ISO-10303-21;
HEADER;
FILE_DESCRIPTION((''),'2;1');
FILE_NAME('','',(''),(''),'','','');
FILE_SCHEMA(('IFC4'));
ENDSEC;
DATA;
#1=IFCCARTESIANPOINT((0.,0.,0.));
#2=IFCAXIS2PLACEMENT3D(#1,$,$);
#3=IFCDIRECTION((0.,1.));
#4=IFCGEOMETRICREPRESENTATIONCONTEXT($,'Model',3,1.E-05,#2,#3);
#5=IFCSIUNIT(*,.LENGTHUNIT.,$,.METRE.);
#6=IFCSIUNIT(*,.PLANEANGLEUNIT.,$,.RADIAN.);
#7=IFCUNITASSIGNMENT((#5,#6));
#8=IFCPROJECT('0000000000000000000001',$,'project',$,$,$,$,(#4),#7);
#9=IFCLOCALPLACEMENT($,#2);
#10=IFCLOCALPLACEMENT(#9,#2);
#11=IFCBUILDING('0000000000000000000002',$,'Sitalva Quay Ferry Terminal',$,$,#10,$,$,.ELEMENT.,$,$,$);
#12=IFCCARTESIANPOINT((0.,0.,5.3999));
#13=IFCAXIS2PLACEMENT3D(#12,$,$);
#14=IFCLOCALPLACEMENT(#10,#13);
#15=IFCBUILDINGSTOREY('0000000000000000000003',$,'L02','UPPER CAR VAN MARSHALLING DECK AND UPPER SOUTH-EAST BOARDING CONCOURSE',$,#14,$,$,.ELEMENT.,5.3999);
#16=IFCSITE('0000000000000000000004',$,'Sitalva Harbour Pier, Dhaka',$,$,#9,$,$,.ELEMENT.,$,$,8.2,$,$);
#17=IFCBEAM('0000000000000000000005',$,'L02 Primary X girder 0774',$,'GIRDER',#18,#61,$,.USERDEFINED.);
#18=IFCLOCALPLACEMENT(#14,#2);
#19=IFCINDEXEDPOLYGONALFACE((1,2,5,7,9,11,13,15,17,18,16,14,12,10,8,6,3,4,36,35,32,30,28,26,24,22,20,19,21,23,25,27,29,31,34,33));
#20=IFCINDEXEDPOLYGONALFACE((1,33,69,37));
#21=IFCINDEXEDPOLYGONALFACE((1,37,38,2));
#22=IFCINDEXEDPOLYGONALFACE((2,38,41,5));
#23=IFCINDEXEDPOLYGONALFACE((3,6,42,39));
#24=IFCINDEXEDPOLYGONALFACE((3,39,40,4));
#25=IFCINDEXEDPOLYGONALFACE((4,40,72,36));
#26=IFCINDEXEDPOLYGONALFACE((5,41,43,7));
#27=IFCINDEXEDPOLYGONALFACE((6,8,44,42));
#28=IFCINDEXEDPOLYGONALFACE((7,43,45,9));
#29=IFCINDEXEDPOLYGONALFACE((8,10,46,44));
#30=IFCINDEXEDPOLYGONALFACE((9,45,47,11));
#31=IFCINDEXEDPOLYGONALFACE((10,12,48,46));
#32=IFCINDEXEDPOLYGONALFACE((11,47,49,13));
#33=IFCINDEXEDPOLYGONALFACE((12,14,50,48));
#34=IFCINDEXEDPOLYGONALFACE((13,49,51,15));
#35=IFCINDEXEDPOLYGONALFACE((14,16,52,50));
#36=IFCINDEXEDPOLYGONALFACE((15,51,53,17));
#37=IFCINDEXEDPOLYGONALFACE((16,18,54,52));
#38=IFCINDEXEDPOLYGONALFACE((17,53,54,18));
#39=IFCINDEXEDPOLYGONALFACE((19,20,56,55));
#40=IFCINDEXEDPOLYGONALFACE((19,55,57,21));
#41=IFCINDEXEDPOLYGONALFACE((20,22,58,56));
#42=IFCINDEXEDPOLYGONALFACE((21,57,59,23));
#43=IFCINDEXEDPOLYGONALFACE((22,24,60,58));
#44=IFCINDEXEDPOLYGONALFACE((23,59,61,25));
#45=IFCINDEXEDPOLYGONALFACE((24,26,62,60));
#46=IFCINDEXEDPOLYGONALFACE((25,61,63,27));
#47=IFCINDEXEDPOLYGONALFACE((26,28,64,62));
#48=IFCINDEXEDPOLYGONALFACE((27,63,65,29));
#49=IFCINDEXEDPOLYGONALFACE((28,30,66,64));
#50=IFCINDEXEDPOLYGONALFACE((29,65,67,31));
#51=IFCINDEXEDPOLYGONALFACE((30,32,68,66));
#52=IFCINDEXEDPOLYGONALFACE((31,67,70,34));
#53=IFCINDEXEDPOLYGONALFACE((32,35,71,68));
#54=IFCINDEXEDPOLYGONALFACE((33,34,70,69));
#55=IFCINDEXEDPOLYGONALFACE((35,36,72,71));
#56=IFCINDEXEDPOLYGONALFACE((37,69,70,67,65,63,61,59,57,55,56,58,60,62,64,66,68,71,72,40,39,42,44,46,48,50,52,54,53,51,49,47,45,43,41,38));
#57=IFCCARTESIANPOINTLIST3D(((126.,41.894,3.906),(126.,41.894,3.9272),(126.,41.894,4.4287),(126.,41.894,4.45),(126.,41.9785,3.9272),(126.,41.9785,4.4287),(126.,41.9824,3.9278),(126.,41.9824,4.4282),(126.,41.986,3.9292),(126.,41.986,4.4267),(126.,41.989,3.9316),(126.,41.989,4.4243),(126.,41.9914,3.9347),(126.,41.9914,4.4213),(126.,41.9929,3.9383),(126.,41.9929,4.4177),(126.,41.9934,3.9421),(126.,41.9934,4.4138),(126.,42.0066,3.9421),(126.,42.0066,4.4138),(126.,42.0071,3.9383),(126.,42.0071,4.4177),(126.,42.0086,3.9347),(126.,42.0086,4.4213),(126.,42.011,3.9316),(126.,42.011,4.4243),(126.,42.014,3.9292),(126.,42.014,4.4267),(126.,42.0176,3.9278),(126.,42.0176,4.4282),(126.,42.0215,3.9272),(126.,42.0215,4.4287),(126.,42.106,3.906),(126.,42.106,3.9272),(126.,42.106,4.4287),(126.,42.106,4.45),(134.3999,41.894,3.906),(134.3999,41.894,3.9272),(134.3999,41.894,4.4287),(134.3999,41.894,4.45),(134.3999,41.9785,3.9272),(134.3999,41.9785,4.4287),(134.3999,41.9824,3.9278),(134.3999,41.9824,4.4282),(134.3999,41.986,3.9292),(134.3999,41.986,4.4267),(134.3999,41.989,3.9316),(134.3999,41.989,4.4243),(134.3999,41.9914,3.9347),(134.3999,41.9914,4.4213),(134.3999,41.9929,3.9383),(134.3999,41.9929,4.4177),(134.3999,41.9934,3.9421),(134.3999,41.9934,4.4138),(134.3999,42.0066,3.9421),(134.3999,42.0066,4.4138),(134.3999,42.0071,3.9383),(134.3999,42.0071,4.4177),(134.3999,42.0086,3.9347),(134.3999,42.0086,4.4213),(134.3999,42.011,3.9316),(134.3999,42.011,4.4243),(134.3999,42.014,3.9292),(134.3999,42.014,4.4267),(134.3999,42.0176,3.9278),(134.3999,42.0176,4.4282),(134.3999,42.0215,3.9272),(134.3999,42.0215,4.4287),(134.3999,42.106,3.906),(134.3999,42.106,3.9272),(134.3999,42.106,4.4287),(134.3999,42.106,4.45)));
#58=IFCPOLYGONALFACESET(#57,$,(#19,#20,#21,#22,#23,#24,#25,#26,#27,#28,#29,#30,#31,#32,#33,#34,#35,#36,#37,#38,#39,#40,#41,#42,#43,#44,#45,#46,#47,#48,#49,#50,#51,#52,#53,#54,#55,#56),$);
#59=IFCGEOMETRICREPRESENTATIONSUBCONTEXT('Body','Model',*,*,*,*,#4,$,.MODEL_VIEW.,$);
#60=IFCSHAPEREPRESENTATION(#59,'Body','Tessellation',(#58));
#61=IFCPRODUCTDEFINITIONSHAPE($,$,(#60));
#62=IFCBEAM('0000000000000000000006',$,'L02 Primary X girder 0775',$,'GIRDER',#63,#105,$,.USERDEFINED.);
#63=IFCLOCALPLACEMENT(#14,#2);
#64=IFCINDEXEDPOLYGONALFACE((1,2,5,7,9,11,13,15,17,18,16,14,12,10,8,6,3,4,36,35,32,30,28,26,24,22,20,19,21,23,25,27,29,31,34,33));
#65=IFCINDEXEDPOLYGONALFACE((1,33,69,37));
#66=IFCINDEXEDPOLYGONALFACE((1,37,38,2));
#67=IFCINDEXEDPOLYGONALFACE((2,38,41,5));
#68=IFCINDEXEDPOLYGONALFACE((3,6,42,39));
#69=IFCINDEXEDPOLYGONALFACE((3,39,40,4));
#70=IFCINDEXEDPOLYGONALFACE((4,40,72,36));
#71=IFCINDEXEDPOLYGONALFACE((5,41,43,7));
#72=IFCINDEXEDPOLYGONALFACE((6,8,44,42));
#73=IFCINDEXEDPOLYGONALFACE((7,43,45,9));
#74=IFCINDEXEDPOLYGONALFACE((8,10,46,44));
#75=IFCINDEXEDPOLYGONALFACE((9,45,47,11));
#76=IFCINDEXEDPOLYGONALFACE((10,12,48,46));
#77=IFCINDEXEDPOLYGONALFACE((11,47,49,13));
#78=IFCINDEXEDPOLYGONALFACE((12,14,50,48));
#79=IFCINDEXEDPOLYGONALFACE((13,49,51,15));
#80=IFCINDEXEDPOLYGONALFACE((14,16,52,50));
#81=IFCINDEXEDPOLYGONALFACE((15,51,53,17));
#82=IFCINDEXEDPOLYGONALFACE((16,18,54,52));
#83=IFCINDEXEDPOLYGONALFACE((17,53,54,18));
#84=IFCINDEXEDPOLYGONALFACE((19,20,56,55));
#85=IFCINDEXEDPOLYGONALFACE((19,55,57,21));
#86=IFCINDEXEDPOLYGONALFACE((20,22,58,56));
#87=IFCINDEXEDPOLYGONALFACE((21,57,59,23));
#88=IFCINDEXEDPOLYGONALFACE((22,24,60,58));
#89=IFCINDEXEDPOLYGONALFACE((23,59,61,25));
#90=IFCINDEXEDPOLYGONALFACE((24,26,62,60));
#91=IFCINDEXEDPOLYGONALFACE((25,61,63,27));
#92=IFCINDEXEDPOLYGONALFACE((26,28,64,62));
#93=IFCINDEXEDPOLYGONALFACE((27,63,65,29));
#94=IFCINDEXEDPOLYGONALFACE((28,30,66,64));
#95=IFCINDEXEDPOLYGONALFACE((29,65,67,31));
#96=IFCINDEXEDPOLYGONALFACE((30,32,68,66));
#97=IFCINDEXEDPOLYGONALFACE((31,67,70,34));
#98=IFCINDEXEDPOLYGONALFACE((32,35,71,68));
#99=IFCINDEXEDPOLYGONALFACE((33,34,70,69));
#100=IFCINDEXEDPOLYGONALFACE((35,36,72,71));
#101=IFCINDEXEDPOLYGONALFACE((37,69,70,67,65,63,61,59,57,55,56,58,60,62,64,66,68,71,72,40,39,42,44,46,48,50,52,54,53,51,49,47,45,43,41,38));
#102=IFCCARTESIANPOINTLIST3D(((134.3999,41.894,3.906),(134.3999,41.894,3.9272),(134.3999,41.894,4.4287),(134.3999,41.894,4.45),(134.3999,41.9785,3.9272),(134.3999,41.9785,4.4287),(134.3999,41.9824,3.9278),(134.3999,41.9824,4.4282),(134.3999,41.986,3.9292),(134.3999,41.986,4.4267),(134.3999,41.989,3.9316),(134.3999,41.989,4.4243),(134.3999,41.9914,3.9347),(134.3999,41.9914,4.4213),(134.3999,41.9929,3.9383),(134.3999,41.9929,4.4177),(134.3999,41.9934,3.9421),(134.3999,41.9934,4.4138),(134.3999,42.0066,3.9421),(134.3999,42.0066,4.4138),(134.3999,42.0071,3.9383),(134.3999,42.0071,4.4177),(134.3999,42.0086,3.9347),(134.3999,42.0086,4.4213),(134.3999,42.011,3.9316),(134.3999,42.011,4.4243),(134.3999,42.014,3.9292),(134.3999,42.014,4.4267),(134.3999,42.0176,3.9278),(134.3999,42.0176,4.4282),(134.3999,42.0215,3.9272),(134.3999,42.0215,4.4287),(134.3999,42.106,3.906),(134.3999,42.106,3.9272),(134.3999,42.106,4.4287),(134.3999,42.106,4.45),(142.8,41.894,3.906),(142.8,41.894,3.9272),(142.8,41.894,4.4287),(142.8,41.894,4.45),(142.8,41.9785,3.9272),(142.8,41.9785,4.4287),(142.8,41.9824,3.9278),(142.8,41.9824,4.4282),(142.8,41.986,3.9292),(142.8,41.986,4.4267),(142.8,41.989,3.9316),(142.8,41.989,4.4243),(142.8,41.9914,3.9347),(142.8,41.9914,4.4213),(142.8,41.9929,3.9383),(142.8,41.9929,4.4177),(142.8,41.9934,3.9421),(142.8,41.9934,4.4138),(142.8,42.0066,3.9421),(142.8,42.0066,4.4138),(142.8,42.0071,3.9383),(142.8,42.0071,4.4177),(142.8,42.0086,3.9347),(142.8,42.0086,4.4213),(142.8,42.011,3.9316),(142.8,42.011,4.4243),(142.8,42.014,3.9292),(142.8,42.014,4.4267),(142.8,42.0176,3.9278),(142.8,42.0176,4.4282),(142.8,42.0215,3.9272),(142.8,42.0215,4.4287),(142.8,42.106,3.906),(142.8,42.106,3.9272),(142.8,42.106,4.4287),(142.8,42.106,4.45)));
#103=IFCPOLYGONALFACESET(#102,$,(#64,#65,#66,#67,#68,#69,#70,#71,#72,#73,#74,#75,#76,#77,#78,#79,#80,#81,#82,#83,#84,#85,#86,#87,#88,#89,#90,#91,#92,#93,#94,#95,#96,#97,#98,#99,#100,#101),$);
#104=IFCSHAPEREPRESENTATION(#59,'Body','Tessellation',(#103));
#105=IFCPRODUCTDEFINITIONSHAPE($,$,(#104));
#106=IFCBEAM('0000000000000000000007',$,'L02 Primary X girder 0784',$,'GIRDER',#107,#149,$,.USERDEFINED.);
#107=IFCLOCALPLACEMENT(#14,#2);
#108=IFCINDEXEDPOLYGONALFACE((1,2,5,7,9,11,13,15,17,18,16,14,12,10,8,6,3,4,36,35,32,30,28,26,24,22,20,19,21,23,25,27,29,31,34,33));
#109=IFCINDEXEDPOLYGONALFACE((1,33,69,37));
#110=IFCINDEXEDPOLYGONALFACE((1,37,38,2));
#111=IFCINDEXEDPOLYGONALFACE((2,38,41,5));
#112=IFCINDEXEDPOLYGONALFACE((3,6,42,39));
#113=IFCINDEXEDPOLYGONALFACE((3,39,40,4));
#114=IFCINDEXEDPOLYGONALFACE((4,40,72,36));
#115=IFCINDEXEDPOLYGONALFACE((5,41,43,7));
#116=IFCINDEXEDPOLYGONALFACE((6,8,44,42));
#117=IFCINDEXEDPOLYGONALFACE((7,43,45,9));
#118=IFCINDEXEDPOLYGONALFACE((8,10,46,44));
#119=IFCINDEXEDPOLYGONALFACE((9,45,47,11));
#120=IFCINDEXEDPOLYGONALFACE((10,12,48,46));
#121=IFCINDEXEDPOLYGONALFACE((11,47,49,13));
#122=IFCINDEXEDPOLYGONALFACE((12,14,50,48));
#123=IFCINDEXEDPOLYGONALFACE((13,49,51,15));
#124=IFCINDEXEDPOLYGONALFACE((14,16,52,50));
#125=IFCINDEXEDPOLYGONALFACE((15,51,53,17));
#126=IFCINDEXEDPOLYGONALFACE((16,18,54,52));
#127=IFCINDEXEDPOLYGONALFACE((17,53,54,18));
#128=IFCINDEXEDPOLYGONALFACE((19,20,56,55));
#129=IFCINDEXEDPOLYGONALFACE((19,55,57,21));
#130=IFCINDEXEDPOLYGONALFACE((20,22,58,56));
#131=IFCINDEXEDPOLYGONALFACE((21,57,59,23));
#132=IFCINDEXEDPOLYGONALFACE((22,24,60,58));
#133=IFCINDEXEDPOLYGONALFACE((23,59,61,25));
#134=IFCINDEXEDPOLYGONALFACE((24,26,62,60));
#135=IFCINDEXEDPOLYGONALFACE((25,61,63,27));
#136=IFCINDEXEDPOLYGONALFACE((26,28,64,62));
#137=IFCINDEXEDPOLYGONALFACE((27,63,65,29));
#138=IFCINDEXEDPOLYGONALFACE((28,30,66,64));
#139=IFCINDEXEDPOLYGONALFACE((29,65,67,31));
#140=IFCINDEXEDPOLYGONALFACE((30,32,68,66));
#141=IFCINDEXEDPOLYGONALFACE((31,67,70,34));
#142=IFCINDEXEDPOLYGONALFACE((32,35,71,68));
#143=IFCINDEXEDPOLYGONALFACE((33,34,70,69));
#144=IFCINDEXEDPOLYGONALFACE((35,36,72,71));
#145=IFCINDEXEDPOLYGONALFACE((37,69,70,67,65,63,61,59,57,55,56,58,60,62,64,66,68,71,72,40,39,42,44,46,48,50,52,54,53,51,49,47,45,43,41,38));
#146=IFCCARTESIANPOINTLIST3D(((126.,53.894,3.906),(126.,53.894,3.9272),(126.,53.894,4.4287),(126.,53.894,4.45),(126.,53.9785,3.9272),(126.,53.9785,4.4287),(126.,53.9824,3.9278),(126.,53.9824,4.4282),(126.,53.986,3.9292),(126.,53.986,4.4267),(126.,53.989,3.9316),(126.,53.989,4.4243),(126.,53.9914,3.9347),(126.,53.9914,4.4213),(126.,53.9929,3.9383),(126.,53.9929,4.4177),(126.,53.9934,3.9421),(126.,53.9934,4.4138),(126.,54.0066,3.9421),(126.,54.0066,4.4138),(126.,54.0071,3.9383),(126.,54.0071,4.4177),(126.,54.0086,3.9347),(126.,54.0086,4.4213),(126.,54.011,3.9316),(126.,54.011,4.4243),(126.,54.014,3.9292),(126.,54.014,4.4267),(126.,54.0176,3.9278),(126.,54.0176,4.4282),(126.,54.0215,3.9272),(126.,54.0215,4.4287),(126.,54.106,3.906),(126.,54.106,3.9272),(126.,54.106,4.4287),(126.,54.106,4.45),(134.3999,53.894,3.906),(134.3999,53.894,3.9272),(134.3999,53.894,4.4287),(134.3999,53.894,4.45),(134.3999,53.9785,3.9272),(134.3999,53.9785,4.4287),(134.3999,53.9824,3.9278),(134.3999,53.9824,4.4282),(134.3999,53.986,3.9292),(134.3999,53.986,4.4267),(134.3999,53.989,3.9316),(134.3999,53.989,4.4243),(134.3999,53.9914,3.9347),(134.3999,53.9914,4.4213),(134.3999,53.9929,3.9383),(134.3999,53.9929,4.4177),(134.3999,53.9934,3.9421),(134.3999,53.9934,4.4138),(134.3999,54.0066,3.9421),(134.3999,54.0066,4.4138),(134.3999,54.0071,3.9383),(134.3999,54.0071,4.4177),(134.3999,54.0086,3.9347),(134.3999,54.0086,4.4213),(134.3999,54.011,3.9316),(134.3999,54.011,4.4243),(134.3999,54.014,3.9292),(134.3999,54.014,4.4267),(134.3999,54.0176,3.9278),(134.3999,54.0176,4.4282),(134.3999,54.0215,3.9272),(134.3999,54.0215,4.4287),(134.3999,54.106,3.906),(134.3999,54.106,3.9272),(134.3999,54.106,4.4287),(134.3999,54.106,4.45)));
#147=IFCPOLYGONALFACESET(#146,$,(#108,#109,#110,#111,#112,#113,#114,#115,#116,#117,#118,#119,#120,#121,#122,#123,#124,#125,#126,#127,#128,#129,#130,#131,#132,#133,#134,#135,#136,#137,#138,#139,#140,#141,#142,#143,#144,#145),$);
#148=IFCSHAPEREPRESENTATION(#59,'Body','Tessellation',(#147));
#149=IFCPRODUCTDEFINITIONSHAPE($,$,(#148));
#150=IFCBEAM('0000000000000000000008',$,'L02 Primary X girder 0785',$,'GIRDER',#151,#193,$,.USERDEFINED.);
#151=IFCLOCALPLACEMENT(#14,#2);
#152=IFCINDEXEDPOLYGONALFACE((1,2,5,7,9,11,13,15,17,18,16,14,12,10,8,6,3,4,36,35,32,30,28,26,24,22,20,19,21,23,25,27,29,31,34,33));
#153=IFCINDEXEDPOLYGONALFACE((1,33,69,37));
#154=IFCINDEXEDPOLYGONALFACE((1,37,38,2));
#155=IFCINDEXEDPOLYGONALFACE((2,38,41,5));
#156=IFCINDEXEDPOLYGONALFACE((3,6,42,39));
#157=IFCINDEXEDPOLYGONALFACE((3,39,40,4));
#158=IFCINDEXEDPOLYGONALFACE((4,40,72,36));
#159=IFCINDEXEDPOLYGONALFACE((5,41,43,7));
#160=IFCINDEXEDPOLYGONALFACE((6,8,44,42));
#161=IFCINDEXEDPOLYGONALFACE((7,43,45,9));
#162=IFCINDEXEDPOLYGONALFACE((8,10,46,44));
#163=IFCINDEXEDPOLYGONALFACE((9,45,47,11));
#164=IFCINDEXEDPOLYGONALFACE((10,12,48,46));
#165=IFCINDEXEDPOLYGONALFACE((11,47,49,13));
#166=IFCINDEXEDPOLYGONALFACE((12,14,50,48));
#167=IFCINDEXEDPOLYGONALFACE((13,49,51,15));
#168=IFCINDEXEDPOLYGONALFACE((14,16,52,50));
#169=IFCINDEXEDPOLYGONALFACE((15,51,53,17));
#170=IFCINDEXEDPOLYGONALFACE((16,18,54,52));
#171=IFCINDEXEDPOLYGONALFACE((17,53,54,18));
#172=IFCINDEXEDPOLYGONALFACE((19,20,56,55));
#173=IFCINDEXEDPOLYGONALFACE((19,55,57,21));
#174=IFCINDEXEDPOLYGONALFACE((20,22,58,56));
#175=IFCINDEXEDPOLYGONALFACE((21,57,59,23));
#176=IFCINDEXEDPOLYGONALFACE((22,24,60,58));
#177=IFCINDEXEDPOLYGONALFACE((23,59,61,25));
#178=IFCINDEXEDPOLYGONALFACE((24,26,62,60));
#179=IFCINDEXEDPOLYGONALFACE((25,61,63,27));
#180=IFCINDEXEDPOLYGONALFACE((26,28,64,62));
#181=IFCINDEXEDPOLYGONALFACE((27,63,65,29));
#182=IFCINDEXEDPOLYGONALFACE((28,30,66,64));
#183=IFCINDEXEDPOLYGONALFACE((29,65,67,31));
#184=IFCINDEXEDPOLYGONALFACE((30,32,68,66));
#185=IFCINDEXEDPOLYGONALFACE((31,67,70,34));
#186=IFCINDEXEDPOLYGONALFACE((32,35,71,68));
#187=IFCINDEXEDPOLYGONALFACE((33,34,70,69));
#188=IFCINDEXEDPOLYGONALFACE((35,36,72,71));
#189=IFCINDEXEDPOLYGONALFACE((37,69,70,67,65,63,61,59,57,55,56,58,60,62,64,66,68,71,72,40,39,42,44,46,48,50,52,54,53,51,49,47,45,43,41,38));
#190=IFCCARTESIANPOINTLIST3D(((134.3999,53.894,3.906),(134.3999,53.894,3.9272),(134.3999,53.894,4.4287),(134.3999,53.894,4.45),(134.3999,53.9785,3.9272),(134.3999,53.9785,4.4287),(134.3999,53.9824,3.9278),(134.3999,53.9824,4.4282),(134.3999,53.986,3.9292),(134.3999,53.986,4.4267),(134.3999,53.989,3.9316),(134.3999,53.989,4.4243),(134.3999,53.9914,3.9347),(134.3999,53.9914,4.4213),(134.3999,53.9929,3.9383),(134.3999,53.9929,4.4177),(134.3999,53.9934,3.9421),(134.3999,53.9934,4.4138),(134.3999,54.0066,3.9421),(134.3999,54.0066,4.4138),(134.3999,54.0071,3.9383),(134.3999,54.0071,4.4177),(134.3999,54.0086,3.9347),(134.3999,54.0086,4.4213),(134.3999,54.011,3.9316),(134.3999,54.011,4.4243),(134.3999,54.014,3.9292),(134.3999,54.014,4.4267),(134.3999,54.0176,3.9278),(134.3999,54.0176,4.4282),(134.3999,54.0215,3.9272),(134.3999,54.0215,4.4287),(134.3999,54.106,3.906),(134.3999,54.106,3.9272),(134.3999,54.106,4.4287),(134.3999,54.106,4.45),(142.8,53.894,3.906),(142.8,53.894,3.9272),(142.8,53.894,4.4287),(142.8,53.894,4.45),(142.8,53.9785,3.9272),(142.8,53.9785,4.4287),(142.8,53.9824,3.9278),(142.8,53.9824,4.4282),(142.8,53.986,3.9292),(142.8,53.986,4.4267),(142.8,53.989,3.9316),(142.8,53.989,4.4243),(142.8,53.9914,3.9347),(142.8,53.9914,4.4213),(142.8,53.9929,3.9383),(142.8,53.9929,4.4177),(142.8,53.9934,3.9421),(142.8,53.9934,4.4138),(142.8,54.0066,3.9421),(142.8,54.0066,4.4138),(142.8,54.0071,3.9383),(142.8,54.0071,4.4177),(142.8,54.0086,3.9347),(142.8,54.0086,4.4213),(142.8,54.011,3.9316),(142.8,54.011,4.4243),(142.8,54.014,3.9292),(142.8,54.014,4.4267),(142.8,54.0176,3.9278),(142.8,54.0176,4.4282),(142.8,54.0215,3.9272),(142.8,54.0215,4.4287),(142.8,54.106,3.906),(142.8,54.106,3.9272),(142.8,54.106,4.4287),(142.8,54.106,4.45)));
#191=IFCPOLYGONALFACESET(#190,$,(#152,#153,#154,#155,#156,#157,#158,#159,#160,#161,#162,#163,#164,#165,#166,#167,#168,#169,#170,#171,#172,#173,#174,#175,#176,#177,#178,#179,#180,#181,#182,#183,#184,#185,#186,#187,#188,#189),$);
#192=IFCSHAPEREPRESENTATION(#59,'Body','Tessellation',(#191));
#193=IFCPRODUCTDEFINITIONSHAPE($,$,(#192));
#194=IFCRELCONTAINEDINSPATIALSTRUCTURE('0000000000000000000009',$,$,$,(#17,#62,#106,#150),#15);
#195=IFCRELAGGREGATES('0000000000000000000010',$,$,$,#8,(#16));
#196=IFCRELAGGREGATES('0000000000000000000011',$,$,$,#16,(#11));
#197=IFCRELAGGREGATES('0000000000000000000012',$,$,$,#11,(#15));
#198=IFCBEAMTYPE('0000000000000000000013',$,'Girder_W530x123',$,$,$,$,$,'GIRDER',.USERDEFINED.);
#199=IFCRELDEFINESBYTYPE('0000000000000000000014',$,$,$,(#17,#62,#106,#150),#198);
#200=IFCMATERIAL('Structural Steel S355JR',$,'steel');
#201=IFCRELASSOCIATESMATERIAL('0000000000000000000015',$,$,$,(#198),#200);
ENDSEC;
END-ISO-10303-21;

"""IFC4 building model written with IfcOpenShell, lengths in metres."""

from ifc_helpers import new_model, si_unit, direction, frame, origin, origin_2d, place, context, subcontext, project, spatial, i_section, extrude, material, material_profile, profile_set, type_object, element, save


model = new_model("IFC4")

# Units and contexts
model_context = context("Model", 3, precision=1e-05, world=origin(), true_north=direction((0.0, 1.0)))
body_context = subcontext(model_context, "Body", "Model", "MODEL_VIEW")
ifc_project = project(units=[si_unit("LENGTHUNIT", "METRE"), si_unit("PLANEANGLEUNIT", "RADIAN")], contexts=[model_context])

# Site, building, storey
site_placement = place(None, origin())
site = spatial("IfcSite", under=ifc_project, at=site_placement, Name="Sitalva Harbour Pier, Dhaka", CompositionType="ELEMENT", RefElevation=8.2)
building_placement = place(site_placement, origin())
building = spatial("IfcBuilding", under=site, at=building_placement, Name="Sitalva Quay Ferry Terminal", CompositionType="ELEMENT")
storey_placement = place(building_placement, frame((0.0, 0.0, 5.3999)))
storey = spatial("IfcBuildingStorey", under=building, at=storey_placement, Name="L02", Description="UPPER CAR VAN MARSHALLING DECK AND UPPER SOUTH-EAST BOARDING CONCOURSE", CompositionType="ELEMENT", Elevation=5.3999)

# Beams
ifc_material_1 = material(Name="Structural Steel S355JR", Category="steel")
ifc_material_profile_1 = material_profile(ifc_material_1, i_section(OverallWidth=0.2119, OverallDepth=0.5439, WebThickness=0.0132, FlangeThickness=0.0212, FilletRadius=0.0149, at=origin_2d()), Name="W530x123")
ifc_profile_set_1 = profile_set([ifc_material_profile_1], Name="Structural Steel S355JR")
beam_type_1 = type_object("IfcBeamType", Name="Girder_W530x123", ElementType="GIRDER", PredefinedType="USERDEFINED", material=ifc_profile_set_1)
beam_1_placement = place(storey_placement, frame((126.0, 42.0, 4.178), z_axis=(1.0, 0.0, 0.0), x_axis=(0.0, 1.0, 0.0)))
element("IfcBeam", 1, at=beam_1_placement, inside=storey, type_object=beam_type_1, Name="L02 Primary X girder 0774", ObjectType="GIRDER", PredefinedType="USERDEFINED", context=body_context, shape_type="SweptSolid", body=[
    extrude(i_section(OverallWidth=0.2119, OverallDepth=0.5439, WebThickness=0.0132, FlangeThickness=0.0212, FilletRadius=0.0149, at=origin_2d()), origin(), (0.0, 0.0, 1.0), 8.3999),
])
beam_2_placement = place(storey_placement, frame((134.3999, 42.0, 4.178), z_axis=(1.0, 0.0, 0.0), x_axis=(0.0, 1.0, 0.0)))
element("IfcBeam", 2, at=beam_2_placement, inside=storey, type_object=beam_type_1, Name="L02 Primary X girder 0775", ObjectType="GIRDER", PredefinedType="USERDEFINED", context=body_context, shape_type="SweptSolid", body=[
    extrude(i_section(OverallWidth=0.2119, OverallDepth=0.5439, WebThickness=0.0132, FlangeThickness=0.0212, FilletRadius=0.0149, at=origin_2d()), origin(), (0.0, 0.0, 1.0), 8.4001),
])
beam_3_placement = place(storey_placement, frame((126.0, 54.0, 4.178), z_axis=(1.0, 0.0, 0.0), x_axis=(0.0, 1.0, 0.0)))
element("IfcBeam", 3, at=beam_3_placement, inside=storey, type_object=beam_type_1, Name="L02 Primary X girder 0784", ObjectType="GIRDER", PredefinedType="USERDEFINED", context=body_context, shape_type="SweptSolid", body=[
    extrude(i_section(OverallWidth=0.2119, OverallDepth=0.5439, WebThickness=0.0132, FlangeThickness=0.0212, FilletRadius=0.0149, at=origin_2d()), origin(), (0.0, 0.0, 1.0), 8.3999),
])
beam_4_placement = place(storey_placement, frame((134.3999, 54.0, 4.178), z_axis=(1.0, 0.0, 0.0), x_axis=(0.0, 1.0, 0.0)))
element("IfcBeam", 4, at=beam_4_placement, inside=storey, type_object=beam_type_1, Name="L02 Primary X girder 0785", ObjectType="GIRDER", PredefinedType="USERDEFINED", context=body_context, shape_type="SweptSolid", body=[
    extrude(i_section(OverallWidth=0.2119, OverallDepth=0.5439, WebThickness=0.0132, FlangeThickness=0.0212, FilletRadius=0.0149, at=origin_2d()), origin(), (0.0, 0.0, 1.0), 8.4001),
])

save(model, "model.ifc")
